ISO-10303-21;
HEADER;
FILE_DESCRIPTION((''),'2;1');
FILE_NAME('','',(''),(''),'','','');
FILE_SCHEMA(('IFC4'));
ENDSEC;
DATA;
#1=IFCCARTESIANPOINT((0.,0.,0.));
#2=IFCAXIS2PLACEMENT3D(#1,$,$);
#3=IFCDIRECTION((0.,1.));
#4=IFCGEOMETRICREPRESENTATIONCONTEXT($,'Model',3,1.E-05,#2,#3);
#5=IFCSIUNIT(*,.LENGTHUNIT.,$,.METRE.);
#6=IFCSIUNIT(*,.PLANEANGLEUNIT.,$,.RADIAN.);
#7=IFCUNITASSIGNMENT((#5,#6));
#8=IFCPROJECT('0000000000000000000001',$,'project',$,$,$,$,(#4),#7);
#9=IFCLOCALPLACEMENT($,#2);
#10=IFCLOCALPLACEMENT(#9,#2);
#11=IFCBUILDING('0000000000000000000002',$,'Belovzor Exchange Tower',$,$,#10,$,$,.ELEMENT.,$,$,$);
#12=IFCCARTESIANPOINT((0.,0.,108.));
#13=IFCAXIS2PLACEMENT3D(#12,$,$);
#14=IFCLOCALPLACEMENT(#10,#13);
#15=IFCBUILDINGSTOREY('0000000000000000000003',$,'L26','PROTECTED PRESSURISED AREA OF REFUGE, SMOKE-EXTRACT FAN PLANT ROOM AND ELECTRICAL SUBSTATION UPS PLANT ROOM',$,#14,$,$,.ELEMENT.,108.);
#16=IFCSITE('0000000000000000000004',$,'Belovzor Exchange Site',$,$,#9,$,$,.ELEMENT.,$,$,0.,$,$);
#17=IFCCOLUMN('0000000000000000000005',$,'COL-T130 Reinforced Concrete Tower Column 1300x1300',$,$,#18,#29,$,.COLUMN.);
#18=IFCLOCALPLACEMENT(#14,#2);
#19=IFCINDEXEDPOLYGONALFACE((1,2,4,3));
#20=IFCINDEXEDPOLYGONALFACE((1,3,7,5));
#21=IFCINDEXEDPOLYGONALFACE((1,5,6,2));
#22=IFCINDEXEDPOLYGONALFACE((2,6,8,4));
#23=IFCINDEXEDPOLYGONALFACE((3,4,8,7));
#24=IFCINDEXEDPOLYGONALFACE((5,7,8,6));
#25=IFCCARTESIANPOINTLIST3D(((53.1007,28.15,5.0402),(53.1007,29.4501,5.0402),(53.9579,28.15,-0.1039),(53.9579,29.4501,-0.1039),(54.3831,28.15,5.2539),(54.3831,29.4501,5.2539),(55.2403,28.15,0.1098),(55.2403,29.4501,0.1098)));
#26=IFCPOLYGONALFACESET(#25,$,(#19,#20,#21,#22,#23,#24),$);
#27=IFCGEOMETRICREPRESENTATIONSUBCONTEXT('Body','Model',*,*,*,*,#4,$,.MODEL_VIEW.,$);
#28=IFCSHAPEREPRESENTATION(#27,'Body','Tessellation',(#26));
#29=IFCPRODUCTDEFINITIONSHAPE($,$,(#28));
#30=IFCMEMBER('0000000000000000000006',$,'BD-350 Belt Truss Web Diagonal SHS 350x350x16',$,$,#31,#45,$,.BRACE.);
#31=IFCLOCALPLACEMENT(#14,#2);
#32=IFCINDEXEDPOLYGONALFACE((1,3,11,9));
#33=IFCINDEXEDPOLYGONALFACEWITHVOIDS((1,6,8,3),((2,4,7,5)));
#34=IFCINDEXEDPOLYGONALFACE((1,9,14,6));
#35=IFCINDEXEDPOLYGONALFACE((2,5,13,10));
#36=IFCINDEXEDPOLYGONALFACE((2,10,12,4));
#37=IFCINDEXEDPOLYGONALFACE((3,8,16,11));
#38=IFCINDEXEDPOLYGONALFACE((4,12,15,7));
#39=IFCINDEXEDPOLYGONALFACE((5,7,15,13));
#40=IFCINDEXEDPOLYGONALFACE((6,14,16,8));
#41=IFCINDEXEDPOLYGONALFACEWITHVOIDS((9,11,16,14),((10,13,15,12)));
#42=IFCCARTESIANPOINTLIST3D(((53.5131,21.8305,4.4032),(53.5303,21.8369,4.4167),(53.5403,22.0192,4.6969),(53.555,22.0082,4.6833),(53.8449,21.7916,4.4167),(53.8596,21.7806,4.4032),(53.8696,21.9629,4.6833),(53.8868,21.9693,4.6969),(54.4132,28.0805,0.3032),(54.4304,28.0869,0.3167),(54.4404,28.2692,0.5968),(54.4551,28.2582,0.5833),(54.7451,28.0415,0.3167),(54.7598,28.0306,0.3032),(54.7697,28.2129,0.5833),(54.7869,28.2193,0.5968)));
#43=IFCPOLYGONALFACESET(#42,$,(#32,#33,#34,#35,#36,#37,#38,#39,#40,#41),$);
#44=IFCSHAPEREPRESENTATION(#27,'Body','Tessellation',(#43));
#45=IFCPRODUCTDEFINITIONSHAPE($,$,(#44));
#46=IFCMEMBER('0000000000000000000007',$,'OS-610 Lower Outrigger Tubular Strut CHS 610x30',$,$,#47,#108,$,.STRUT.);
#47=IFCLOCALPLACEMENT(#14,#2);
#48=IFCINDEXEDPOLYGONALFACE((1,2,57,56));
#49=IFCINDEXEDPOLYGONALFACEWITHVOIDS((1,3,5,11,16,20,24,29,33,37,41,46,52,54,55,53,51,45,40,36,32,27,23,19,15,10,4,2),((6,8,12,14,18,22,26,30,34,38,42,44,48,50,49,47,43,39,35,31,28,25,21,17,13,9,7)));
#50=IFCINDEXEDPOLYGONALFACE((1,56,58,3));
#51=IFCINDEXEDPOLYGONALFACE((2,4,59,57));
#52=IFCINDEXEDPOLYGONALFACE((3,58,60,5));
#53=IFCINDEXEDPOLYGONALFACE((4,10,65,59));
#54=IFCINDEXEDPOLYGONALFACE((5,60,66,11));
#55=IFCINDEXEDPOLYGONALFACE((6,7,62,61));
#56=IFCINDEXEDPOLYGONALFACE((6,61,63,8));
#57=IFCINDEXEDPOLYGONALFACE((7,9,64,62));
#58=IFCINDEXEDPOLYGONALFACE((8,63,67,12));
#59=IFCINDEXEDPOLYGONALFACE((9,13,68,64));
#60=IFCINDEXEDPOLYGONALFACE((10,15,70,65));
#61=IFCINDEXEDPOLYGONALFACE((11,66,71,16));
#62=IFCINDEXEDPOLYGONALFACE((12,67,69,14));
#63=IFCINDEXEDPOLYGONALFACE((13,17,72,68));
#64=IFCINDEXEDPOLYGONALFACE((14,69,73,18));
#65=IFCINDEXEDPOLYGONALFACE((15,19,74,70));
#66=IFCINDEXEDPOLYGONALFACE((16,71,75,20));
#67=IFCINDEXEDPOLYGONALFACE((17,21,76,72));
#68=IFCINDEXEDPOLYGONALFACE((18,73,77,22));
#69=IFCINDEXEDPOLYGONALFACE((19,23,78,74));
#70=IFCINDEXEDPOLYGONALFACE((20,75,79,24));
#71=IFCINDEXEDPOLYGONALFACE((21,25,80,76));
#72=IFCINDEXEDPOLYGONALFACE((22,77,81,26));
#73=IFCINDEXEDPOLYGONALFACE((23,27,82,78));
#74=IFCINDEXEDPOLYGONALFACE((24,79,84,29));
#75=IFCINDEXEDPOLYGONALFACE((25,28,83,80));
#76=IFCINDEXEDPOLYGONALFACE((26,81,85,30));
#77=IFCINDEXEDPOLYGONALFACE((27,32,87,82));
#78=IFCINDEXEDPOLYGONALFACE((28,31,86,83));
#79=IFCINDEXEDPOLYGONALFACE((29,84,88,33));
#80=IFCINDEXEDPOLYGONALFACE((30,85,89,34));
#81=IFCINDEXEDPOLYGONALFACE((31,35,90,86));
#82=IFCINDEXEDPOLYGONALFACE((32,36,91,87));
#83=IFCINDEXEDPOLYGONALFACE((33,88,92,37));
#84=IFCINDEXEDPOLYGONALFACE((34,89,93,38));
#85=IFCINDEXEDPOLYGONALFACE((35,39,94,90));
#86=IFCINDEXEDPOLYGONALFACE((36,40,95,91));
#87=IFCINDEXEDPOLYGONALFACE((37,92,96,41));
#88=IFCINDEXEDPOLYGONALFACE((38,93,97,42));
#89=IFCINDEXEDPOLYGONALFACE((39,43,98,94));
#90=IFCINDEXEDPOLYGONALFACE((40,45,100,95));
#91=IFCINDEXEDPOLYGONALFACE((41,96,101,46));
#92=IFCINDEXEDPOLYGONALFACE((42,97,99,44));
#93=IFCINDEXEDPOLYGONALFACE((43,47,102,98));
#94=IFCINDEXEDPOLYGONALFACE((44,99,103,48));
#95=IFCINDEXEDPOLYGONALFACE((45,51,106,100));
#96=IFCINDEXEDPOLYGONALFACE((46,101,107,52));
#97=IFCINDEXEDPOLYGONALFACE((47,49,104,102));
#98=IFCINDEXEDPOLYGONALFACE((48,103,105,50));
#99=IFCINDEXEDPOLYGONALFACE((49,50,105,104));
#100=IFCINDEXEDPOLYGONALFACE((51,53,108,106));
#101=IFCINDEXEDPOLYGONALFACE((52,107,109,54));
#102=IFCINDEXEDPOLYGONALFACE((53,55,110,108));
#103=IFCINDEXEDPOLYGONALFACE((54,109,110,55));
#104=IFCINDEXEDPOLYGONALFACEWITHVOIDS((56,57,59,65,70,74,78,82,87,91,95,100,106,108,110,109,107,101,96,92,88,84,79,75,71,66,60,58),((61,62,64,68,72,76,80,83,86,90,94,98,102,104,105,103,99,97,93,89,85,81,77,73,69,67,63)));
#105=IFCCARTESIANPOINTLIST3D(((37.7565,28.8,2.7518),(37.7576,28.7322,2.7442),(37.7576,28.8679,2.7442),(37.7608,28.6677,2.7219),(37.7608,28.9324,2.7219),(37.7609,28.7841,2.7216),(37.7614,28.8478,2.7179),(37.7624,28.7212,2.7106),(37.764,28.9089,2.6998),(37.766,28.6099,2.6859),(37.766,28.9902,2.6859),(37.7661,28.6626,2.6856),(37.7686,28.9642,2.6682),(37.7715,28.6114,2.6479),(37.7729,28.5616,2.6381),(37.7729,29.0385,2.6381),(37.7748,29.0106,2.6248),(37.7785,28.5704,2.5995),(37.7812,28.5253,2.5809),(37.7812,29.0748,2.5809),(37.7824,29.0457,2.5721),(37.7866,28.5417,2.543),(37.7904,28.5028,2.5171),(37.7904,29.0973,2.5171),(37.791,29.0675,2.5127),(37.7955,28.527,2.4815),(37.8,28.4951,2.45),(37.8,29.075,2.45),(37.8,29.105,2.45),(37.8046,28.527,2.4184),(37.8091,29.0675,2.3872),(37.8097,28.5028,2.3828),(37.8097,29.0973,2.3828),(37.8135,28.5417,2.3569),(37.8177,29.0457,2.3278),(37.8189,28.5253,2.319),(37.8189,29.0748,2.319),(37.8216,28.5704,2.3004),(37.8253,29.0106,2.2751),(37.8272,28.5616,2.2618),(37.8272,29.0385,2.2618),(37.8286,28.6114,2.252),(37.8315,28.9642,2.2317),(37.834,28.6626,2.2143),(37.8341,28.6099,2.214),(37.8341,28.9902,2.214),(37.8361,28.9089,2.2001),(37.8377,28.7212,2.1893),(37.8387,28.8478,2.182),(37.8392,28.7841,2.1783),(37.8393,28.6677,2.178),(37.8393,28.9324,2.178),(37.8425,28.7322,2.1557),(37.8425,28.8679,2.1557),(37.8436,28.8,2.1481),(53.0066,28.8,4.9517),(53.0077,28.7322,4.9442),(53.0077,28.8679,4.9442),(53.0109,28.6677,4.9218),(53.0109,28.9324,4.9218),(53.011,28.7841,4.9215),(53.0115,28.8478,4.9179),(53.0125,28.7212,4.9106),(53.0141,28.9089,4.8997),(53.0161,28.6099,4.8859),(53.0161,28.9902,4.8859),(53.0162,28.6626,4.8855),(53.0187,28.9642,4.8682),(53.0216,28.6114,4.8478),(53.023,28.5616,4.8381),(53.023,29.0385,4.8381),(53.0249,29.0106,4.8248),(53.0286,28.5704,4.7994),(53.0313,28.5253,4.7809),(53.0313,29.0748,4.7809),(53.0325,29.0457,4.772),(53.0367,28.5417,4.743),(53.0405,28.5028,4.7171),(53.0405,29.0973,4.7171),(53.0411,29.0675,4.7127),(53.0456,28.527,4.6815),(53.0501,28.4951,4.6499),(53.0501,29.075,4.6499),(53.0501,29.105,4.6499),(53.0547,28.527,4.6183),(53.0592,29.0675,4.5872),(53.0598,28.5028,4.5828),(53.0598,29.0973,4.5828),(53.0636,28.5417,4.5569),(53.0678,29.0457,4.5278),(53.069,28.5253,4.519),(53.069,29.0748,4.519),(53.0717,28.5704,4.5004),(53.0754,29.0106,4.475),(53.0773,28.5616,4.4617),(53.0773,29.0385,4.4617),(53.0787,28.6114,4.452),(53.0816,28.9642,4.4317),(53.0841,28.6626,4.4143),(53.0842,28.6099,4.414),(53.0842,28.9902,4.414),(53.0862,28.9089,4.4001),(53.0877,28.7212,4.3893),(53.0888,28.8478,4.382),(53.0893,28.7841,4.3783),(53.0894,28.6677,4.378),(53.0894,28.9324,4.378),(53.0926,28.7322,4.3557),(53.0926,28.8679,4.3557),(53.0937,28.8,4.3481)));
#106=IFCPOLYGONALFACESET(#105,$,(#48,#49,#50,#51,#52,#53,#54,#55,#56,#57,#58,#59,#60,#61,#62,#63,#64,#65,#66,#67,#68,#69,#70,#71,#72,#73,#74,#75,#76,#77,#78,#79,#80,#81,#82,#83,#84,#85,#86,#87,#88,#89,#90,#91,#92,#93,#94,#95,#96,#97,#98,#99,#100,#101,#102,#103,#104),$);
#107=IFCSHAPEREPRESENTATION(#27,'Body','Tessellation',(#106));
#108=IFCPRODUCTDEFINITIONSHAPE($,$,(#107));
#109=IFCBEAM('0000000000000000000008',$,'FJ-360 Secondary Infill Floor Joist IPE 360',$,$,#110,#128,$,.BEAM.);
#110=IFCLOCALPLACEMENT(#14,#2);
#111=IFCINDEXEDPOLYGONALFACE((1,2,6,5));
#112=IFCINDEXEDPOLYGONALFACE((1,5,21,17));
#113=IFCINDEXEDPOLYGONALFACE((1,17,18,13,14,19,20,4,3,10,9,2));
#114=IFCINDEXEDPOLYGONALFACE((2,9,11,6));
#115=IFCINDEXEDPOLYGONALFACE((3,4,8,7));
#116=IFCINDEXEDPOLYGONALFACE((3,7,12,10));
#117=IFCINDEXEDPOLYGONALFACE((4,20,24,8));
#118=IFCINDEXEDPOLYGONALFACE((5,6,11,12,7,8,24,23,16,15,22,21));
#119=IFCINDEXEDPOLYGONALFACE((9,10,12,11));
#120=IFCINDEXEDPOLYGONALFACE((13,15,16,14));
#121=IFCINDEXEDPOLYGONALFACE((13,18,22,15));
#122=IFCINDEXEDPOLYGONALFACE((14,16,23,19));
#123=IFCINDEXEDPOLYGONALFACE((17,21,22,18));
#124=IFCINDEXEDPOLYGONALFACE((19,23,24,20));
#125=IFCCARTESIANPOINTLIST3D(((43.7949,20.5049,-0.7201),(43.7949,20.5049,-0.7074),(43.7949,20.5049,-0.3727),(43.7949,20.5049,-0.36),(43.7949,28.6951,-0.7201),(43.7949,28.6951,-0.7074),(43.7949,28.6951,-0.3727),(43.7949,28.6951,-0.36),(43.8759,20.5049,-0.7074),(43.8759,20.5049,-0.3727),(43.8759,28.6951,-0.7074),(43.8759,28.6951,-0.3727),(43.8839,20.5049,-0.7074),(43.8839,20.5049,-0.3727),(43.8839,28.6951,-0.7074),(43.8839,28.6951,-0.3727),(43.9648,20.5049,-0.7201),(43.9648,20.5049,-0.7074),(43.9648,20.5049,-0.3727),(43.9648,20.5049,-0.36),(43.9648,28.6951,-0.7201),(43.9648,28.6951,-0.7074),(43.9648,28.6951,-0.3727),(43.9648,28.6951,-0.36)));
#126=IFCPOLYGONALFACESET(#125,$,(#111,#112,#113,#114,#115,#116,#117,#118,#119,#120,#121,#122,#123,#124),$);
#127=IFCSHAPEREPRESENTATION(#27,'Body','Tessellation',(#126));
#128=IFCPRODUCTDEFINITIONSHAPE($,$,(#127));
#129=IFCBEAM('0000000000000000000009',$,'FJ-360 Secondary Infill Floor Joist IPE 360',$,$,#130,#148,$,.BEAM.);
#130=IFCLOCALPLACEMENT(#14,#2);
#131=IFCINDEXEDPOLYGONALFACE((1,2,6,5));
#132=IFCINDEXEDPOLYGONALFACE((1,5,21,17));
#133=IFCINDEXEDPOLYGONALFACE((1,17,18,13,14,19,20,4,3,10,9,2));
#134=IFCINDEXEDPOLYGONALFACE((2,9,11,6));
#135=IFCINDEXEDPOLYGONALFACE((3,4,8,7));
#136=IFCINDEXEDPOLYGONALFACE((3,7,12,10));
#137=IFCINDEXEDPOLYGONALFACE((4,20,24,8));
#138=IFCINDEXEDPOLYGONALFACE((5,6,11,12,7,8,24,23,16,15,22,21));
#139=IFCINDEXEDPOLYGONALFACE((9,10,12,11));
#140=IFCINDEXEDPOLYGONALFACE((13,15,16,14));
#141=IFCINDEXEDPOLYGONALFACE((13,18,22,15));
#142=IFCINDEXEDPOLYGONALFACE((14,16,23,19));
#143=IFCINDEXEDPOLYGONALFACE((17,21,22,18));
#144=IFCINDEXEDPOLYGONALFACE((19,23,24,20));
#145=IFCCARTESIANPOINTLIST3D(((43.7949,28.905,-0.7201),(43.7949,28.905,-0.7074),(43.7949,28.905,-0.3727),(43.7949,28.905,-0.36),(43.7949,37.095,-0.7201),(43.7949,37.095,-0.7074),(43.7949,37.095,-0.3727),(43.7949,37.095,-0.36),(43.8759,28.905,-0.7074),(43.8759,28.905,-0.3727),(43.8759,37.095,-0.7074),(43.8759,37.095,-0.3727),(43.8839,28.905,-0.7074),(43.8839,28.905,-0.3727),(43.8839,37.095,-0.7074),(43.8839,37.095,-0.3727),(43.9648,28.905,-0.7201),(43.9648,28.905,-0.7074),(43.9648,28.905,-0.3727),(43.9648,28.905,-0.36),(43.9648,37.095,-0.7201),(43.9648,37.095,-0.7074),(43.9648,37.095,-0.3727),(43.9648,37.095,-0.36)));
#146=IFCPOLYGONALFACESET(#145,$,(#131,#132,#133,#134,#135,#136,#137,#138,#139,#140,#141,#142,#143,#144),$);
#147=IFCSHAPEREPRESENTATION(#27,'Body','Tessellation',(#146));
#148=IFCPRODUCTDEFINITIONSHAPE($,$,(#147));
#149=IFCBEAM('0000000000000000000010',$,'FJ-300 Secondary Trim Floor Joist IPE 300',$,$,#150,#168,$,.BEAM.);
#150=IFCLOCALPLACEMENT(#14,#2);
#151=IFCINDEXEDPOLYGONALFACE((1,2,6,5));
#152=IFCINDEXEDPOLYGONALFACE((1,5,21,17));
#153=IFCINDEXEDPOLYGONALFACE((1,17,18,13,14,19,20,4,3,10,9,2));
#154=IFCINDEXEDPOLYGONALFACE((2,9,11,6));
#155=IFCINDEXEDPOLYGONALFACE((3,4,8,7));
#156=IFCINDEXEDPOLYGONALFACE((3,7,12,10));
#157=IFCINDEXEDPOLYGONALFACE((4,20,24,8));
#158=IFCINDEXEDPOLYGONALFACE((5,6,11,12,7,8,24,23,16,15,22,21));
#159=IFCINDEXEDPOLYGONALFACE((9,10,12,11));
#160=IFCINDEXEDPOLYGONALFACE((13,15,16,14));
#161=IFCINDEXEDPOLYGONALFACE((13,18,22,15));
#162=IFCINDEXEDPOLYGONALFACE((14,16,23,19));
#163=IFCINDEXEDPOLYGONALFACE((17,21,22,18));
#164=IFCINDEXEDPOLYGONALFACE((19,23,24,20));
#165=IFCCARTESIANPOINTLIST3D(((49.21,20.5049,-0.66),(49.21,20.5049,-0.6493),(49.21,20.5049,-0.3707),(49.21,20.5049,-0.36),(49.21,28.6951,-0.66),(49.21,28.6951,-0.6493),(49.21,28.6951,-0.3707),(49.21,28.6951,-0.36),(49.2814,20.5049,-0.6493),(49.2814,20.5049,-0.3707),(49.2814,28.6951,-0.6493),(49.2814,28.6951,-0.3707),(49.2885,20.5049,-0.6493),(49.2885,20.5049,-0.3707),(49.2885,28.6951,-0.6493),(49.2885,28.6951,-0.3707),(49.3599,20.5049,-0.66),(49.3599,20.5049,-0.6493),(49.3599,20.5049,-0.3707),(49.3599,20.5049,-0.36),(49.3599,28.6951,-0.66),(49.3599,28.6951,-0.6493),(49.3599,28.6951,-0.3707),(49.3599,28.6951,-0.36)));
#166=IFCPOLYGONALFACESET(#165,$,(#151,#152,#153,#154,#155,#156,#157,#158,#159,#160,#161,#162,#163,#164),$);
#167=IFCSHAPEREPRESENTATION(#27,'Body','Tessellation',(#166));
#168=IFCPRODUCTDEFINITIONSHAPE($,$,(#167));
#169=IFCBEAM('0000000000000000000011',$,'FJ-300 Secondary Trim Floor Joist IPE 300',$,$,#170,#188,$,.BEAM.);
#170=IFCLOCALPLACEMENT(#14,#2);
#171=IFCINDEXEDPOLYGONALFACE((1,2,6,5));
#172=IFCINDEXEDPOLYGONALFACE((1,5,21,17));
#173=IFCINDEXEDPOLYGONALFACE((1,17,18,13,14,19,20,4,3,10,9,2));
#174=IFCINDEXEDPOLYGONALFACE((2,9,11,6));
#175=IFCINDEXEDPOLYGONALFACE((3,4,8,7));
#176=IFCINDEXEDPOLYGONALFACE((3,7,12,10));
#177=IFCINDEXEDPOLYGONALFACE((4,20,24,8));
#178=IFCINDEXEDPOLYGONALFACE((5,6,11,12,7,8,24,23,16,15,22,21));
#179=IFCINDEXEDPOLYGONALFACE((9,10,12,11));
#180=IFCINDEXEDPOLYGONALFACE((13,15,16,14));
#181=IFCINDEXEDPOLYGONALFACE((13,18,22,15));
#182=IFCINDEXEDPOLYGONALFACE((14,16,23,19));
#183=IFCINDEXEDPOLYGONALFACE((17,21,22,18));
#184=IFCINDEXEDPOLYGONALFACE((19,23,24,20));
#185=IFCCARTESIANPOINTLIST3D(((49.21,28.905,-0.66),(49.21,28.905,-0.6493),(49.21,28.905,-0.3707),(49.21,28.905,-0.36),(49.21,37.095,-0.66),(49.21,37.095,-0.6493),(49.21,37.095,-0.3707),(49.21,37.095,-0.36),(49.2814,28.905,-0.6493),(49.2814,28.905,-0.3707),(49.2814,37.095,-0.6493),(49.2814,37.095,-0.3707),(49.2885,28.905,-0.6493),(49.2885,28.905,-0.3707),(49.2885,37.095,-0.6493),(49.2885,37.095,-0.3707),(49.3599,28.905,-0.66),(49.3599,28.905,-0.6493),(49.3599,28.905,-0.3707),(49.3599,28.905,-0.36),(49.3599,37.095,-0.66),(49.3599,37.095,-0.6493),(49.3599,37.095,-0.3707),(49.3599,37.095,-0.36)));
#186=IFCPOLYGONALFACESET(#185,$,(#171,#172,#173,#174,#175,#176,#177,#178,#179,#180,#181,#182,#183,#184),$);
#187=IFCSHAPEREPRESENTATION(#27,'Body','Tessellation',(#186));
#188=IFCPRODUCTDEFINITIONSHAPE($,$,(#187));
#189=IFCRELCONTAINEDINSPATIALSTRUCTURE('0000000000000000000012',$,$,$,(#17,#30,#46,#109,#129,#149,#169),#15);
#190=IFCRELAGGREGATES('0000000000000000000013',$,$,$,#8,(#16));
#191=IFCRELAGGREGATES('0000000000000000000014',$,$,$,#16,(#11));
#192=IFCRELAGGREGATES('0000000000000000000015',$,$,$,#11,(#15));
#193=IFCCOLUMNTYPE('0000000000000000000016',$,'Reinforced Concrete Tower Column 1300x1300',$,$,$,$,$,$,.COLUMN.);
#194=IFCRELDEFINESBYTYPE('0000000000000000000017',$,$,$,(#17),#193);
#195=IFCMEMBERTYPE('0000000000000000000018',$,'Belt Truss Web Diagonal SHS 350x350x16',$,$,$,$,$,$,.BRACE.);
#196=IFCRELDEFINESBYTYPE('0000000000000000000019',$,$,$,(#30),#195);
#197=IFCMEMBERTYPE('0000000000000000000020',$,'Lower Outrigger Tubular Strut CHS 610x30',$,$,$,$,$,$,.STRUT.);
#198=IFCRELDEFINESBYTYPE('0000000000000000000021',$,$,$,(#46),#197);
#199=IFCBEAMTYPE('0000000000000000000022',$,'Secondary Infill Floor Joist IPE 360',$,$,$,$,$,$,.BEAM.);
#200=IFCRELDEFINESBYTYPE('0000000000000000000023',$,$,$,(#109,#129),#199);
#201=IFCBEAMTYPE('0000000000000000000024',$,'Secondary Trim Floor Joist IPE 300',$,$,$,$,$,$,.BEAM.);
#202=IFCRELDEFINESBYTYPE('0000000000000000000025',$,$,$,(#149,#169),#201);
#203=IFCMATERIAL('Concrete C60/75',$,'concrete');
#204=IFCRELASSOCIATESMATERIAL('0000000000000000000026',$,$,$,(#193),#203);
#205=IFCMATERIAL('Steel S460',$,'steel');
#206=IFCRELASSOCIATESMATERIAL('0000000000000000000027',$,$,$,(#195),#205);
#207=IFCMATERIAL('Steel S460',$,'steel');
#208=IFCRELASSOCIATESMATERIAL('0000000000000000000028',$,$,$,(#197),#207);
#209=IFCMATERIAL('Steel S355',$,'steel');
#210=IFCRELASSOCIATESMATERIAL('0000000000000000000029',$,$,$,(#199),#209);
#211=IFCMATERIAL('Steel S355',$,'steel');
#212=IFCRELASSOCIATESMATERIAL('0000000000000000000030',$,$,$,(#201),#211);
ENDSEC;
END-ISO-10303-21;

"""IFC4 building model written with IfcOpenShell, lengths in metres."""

from ifc_helpers import new_model, si_unit, direction, frame, origin, origin_2d, place, context, subcontext, project, spatial, rectangle, hollow_rectangle, hollow_circle, i_section, extrude, material, material_profile, profile_set, type_object, element, save


model = new_model("IFC4")

# Units and contexts
model_context = context("Model", 3, precision=1e-05, world=origin(), true_north=direction((0.0, 1.0)))
body_context = subcontext(model_context, "Body", "Model", "MODEL_VIEW")
ifc_project = project(units=[si_unit("LENGTHUNIT", "METRE"), si_unit("PLANEANGLEUNIT", "RADIAN")], contexts=[model_context])

# Site, building, storey
site_placement = place(None, origin())
site = spatial("IfcSite", under=ifc_project, at=site_placement, Name="Belovzor Exchange Site", CompositionType="ELEMENT", RefElevation=0.0)
building_placement = place(site_placement, origin())
building = spatial("IfcBuilding", under=site, at=building_placement, Name="Belovzor Exchange Tower", CompositionType="ELEMENT")
storey_placement = place(building_placement, frame((0.0, 0.0, 108.0)))
storey = spatial("IfcBuildingStorey", under=building, at=storey_placement, Name="L26", Description="PROTECTED PRESSURISED AREA OF REFUGE, SMOKE-EXTRACT FAN PLANT ROOM AND ELECTRICAL SUBSTATION UPS PLANT ROOM", CompositionType="ELEMENT", Elevation=108.0)

# Column
ifc_material_1 = material(Name="Concrete C60/75", Category="concrete")
ifc_material_profile_1 = material_profile(ifc_material_1, rectangle(XDim=1.3, YDim=1.3, at=origin_2d()))
ifc_profile_set_1 = profile_set([ifc_material_profile_1], Name="Concrete C60/75")
column_type = type_object("IfcColumnType", Name="Reinforced Concrete Tower Column 1300x1300", PredefinedType="COLUMN", material=ifc_profile_set_1)
column_placement = place(storey_placement, frame((54.5991, 28.8, 0.0029), z_axis=(-0.164369, 0.0, 0.986399), x_axis=(0.0, -1.0, 0.0)))
element("IfcColumn", 1, at=column_placement, inside=storey, type_object=column_type, Name="COL-T130 Reinforced Concrete Tower Column 1300x1300", PredefinedType="COLUMN", context=body_context, shape_type="SweptSolid", body=[
    extrude(rectangle(XDim=1.3, YDim=1.3, at=origin_2d()), origin(), (0.0, 0.0, 1.0), 5.2151),
])

# Members
ifc_material_2 = material(Name="Steel S460", Category="steel")
ifc_material_profile_2 = material_profile(ifc_material_2, hollow_rectangle(XDim=0.3501, YDim=0.3501, WallThickness=0.0161, at=origin_2d()))
ifc_profile_set_2 = profile_set([ifc_material_profile_2], Name="Steel S460")
member_type_1 = type_object("IfcMemberType", Name="Belt Truss Web Diagonal SHS 350x350x16", PredefinedType="BRACE", material=ifc_profile_set_2)
member_1_placement = place(storey_placement, frame((53.7, 21.8999, 4.55), z_axis=(0.11956, 0.83014, -0.544585), x_axis=(-0.989787, 0.142553, 0.0)))
element("IfcMember", 2, at=member_1_placement, inside=storey, type_object=member_type_1, Name="BD-350 Belt Truss Web Diagonal SHS 350x350x16", PredefinedType="BRACE", context=body_context, shape_type="SweptSolid", body=[
    extrude(hollow_rectangle(XDim=0.3501, YDim=0.3501, WallThickness=0.0161, at=origin_2d()), origin(), (0.0, 0.0, 1.0), 7.5288),
])
ifc_material_3 = material(Name="Steel S460", Category="steel")
ifc_material_profile_3 = material_profile(ifc_material_3, hollow_circle(Radius=0.3049, WallThickness=0.03, at=origin_2d()))
ifc_profile_set_3 = profile_set([ifc_material_profile_3], Name="Steel S460")
member_type_2 = type_object("IfcMemberType", Name="Lower Outrigger Tubular Strut CHS 610x30", PredefinedType="STRUT", material=ifc_profile_set_3)
member_2_placement = place(storey_placement, frame((37.8, 28.8, 2.45), z_axis=(0.989754, 0.0, 0.142781), x_axis=(0.0, 1.0, 0.0)))
element("IfcMember", 3, at=member_2_placement, inside=storey, type_object=member_type_2, Name="OS-610 Lower Outrigger Tubular Strut CHS 610x30", PredefinedType="STRUT", context=body_context, shape_type="SweptSolid", body=[
    extrude(hollow_circle(Radius=0.3049, WallThickness=0.03, at=origin_2d()), origin(), (0.0, 0.0, 1.0), 15.408),
])

# Beams
ifc_material_4 = material(Name="Steel S355", Category="steel")
ifc_material_profile_4 = material_profile(ifc_material_4, i_section(OverallWidth=0.1699, OverallDepth=0.3601, WebThickness=0.0081, FlangeThickness=0.0127, at=origin_2d()))
ifc_profile_set_4 = profile_set([ifc_material_profile_4], Name="Steel S355")
beam_type_1 = type_object("IfcBeamType", Name="Secondary Infill Floor Joist IPE 360", PredefinedType="BEAM", material=ifc_profile_set_4)
beam_1_placement = place(storey_placement, frame((43.8799, 20.5049, -0.54), z_axis=(0.0, 1.0, 0.0), x_axis=(-1.0, 0.0, 0.0)))
element("IfcBeam", 4, at=beam_1_placement, inside=storey, type_object=beam_type_1, Name="FJ-360 Secondary Infill Floor Joist IPE 360", PredefinedType="BEAM", context=body_context, shape_type="SweptSolid", body=[
    extrude(i_section(OverallWidth=0.1699, OverallDepth=0.3601, WebThickness=0.0081, FlangeThickness=0.0127, at=origin_2d()), origin(), (0.0, 0.0, 1.0), 8.1902),
])
beam_2_placement = place(storey_placement, frame((43.8799, 28.905, -0.54), z_axis=(0.0, 1.0, 0.0), x_axis=(-1.0, 0.0, 0.0)))
element("IfcBeam", 5, at=beam_2_placement, inside=storey, type_object=beam_type_1, Name="FJ-360 Secondary Infill Floor Joist IPE 360", PredefinedType="BEAM", context=body_context, shape_type="SweptSolid", body=[
    extrude(i_section(OverallWidth=0.1699, OverallDepth=0.3601, WebThickness=0.0081, FlangeThickness=0.0127, at=origin_2d()), origin(), (0.0, 0.0, 1.0), 8.1899),
])
ifc_material_5 = material(Name="Steel S355", Category="steel")
ifc_material_profile_5 = material_profile(ifc_material_5, i_section(OverallWidth=0.1499, OverallDepth=0.3, WebThickness=0.0071, FlangeThickness=0.0107, at=origin_2d()))
ifc_profile_set_5 = profile_set([ifc_material_profile_5], Name="Steel S355")
beam_type_2 = type_object("IfcBeamType", Name="Secondary Trim Floor Joist IPE 300", PredefinedType="BEAM", material=ifc_profile_set_5)
beam_3_placement = place(storey_placement, frame((49.2849, 20.5049, -0.51), z_axis=(0.0, 1.0, 0.0), x_axis=(-1.0, 0.0, 0.0)))
element("IfcBeam", 6, at=beam_3_placement, inside=storey, type_object=beam_type_2, Name="FJ-300 Secondary Trim Floor Joist IPE 300", PredefinedType="BEAM", context=body_context, shape_type="SweptSolid", body=[
    extrude(i_section(OverallWidth=0.1499, OverallDepth=0.3, WebThickness=0.0071, FlangeThickness=0.0107, at=origin_2d()), origin(), (0.0, 0.0, 1.0), 8.1902),
])
beam_4_placement = place(storey_placement, frame((49.2849, 28.905, -0.51), z_axis=(0.0, 1.0, 0.0), x_axis=(-1.0, 0.0, 0.0)))
element("IfcBeam", 7, at=beam_4_placement, inside=storey, type_object=beam_type_2, Name="FJ-300 Secondary Trim Floor Joist IPE 300", PredefinedType="BEAM", context=body_context, shape_type="SweptSolid", body=[
    extrude(i_section(OverallWidth=0.1499, OverallDepth=0.3, WebThickness=0.0071, FlangeThickness=0.0107, at=origin_2d()), origin(), (0.0, 0.0, 1.0), 8.1899),
])

save(model, "model.ifc")
